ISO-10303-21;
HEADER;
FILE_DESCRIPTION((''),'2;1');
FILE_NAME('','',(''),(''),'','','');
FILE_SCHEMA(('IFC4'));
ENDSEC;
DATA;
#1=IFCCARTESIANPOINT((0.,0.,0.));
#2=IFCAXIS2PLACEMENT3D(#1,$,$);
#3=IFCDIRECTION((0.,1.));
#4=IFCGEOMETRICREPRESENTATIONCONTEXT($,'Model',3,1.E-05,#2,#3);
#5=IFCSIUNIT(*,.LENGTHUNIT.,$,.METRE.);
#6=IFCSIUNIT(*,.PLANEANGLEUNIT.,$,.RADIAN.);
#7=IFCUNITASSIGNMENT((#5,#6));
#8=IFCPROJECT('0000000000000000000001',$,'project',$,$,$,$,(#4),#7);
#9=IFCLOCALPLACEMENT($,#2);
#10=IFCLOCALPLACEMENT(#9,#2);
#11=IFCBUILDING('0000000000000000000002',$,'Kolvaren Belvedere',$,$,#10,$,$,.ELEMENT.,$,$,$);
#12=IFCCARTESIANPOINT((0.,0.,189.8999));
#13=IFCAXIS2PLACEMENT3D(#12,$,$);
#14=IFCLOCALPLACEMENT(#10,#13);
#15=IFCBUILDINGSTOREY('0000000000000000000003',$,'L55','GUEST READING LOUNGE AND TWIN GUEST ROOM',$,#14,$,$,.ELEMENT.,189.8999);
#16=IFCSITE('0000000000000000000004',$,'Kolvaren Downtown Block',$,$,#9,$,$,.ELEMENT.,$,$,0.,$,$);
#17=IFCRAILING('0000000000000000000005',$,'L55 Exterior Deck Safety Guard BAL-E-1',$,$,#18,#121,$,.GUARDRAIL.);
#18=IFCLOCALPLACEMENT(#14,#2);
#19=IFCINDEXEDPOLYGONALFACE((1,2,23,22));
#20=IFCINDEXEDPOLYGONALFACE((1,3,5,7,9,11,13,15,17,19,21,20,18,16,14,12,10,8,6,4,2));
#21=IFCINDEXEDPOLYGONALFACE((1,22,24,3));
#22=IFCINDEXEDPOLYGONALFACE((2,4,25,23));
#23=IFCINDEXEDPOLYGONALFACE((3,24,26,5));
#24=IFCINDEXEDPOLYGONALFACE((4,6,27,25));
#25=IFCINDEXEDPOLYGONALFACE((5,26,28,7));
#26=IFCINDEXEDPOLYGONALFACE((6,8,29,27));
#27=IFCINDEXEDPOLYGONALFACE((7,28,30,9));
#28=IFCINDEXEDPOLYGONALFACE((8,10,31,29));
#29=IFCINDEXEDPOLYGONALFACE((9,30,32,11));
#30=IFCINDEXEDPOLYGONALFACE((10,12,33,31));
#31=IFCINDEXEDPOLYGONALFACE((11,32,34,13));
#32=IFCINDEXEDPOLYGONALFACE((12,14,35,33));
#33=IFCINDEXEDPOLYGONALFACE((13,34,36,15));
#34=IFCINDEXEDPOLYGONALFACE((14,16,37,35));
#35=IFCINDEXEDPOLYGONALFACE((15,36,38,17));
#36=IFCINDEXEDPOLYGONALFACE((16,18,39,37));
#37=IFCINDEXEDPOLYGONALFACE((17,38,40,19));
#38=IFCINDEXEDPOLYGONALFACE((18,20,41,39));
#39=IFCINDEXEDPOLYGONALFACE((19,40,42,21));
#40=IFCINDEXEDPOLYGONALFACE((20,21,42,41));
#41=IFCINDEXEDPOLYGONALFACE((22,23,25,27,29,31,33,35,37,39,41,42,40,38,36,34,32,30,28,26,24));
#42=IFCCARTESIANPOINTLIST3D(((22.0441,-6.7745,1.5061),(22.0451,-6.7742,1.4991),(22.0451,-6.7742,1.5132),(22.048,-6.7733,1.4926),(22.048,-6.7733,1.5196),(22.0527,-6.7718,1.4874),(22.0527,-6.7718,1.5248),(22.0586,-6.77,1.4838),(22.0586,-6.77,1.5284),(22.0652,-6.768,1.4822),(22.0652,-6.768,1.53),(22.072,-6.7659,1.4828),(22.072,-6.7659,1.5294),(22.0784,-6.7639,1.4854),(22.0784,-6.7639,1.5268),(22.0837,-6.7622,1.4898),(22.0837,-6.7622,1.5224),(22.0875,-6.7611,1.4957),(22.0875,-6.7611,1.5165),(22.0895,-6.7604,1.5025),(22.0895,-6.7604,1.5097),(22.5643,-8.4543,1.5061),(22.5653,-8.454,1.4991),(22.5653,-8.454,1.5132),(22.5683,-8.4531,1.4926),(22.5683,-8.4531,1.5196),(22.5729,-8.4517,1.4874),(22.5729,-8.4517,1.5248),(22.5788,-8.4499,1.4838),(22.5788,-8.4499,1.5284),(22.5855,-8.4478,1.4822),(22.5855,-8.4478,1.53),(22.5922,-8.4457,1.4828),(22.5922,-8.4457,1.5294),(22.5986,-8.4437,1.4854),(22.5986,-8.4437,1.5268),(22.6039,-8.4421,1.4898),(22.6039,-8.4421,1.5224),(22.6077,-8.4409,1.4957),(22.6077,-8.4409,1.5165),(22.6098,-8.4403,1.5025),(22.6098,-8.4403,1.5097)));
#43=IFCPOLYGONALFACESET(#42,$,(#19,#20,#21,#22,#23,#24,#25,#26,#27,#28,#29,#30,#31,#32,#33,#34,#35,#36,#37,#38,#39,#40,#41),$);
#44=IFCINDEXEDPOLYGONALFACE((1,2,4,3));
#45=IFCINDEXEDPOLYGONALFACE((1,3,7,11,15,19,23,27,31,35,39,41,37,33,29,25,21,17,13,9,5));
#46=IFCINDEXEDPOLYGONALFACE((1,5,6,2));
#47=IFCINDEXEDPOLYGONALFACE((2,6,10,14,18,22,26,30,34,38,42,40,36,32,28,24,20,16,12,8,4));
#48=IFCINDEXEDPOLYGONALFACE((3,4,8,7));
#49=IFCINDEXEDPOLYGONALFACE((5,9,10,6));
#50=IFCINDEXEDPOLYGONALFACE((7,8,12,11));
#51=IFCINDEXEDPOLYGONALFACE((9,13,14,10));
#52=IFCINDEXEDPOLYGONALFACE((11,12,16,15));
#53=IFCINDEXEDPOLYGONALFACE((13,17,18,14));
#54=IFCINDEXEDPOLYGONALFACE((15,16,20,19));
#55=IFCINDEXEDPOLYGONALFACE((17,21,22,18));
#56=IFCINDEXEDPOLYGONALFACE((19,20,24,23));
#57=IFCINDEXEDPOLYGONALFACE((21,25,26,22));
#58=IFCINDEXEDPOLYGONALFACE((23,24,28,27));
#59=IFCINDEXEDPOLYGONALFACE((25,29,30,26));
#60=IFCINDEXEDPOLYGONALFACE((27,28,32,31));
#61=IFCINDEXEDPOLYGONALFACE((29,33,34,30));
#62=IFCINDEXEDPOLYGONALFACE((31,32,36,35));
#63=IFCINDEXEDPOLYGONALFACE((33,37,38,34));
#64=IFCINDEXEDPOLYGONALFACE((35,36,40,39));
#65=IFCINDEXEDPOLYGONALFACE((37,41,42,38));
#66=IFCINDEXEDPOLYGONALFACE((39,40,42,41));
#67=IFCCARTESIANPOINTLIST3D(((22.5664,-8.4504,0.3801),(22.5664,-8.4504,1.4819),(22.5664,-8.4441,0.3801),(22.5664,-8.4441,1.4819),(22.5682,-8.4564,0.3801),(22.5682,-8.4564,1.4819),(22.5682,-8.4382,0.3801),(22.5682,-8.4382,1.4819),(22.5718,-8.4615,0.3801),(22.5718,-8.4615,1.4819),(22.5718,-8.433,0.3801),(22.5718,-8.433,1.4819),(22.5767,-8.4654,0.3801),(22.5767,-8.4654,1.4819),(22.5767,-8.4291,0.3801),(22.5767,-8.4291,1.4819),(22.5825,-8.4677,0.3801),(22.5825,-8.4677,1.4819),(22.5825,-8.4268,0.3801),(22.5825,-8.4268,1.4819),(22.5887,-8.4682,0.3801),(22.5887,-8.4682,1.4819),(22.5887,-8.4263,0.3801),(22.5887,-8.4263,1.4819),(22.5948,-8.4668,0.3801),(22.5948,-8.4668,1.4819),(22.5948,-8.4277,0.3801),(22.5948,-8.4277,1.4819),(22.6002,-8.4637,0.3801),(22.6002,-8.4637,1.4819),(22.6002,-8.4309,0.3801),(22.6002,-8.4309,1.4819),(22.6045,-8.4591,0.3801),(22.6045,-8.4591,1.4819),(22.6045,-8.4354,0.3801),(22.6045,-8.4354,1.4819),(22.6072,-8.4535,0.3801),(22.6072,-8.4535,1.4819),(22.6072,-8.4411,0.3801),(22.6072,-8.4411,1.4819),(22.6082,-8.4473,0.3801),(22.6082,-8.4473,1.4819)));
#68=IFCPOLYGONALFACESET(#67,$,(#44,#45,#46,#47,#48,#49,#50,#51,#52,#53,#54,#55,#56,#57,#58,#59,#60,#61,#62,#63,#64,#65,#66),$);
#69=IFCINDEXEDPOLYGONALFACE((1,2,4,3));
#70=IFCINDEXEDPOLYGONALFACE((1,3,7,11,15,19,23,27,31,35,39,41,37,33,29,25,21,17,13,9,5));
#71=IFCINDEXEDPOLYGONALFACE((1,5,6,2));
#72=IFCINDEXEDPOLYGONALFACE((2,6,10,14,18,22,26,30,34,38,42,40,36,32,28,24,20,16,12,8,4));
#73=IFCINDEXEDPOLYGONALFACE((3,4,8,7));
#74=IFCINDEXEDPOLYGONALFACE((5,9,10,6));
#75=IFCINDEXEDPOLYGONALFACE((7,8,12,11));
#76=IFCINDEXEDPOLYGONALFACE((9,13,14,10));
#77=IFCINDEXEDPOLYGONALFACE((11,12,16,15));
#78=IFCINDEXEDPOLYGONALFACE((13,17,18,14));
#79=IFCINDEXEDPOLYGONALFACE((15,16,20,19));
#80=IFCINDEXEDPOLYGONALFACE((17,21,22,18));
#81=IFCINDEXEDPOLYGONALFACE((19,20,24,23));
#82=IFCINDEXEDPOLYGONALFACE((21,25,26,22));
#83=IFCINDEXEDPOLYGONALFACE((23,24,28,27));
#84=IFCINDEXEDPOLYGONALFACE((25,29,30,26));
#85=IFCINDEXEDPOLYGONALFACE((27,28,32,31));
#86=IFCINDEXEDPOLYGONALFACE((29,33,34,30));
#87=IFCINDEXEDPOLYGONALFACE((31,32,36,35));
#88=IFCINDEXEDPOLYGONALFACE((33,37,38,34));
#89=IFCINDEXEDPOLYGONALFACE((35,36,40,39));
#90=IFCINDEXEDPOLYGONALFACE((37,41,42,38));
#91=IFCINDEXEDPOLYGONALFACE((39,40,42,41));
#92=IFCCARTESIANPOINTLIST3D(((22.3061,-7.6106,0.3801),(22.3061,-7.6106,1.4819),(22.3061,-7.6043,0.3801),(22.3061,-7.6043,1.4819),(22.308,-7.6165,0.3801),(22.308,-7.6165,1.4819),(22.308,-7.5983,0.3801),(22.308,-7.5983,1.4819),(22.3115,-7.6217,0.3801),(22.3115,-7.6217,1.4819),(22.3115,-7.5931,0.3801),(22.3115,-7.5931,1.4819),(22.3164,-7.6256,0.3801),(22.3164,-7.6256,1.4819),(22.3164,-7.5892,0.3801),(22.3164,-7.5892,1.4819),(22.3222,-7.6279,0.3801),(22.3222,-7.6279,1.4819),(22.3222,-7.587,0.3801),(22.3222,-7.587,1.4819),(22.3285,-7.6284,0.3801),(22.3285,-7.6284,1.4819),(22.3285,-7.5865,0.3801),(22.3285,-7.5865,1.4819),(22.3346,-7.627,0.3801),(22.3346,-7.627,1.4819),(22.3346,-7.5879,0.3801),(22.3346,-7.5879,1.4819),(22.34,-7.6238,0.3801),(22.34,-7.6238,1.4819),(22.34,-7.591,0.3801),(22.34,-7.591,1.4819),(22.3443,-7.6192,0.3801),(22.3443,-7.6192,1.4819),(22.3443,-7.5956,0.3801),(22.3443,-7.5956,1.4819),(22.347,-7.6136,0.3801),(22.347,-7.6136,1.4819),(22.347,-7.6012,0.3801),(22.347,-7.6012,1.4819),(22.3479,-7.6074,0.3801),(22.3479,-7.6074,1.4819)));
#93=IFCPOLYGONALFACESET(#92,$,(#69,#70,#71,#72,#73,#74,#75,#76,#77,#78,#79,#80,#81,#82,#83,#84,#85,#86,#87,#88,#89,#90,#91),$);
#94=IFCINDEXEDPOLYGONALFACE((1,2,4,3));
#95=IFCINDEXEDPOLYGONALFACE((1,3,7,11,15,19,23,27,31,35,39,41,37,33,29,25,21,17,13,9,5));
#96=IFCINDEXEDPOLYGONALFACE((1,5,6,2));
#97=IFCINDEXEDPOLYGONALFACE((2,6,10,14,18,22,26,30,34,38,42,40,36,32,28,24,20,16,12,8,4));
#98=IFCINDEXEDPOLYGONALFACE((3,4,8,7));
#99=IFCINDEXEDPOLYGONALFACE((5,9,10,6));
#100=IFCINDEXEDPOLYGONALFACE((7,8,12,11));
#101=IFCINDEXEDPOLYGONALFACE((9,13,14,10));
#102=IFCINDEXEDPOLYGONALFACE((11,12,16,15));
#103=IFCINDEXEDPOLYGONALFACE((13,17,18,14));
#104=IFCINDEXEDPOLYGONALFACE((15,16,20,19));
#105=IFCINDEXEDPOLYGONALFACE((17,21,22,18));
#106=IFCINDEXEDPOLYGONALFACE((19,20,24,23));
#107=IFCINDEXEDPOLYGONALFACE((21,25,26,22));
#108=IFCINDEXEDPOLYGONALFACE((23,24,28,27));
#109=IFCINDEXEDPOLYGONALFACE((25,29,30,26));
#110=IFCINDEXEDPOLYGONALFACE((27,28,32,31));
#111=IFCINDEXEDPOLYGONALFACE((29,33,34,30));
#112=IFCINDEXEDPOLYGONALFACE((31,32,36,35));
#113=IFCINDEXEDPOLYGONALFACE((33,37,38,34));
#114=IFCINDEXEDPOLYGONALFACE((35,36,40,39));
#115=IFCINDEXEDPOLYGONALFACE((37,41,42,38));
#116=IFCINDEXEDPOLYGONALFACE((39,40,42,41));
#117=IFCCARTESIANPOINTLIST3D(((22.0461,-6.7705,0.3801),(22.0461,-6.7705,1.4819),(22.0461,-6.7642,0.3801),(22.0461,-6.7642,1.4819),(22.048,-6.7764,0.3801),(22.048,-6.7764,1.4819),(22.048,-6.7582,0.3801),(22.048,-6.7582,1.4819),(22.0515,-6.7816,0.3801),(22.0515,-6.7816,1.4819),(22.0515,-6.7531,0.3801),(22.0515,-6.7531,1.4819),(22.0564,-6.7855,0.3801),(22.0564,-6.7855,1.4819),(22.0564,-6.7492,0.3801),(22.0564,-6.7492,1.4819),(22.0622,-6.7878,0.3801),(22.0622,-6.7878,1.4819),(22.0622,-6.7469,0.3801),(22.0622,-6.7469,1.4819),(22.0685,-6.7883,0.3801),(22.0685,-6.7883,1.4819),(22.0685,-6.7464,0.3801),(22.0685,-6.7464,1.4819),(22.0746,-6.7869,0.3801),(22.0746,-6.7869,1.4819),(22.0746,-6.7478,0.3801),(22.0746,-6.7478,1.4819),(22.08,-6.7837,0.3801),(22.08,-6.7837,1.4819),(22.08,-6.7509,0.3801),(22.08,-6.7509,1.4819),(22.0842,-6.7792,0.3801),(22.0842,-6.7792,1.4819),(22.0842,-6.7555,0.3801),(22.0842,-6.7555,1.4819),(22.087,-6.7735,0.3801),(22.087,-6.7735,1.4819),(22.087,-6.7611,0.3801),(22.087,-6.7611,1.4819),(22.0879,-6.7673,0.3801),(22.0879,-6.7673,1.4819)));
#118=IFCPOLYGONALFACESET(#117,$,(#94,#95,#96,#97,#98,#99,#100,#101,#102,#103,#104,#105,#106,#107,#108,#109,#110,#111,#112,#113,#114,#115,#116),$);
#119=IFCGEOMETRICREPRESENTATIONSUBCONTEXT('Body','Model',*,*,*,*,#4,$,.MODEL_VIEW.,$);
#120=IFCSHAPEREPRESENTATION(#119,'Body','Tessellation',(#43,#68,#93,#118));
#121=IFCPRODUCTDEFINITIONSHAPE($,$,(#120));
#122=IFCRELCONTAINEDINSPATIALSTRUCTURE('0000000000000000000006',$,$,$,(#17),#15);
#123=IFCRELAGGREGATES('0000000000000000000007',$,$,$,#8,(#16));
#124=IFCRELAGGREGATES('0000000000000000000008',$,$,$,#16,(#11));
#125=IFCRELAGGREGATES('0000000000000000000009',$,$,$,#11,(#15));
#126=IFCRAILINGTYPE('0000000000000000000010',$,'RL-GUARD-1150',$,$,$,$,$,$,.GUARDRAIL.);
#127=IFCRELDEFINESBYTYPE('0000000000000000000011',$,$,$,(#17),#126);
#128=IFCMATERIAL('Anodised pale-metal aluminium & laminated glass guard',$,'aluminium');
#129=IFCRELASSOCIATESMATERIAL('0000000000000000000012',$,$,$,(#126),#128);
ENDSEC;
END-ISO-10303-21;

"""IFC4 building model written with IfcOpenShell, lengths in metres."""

from ifc_helpers import new_model, si_unit, direction, frame, origin, origin_2d, place, context, subcontext, project, spatial, circle, extrude, material, type_object, element, save


model = new_model("IFC4")

# Units and contexts
model_context = context("Model", 3, precision=1e-05, world=origin(), true_north=direction((0.0, 1.0)))
body_context = subcontext(model_context, "Body", "Model", "MODEL_VIEW")
ifc_project = project(units=[si_unit("LENGTHUNIT", "METRE"), si_unit("PLANEANGLEUNIT", "RADIAN")], contexts=[model_context])

# Site, building, storey
site_placement = place(None, origin())
site = spatial("IfcSite", under=ifc_project, at=site_placement, Name="Kolvaren Downtown Block", CompositionType="ELEMENT", RefElevation=0.0)
building_placement = place(site_placement, origin())
building = spatial("IfcBuilding", under=site, at=building_placement, Name="Kolvaren Belvedere", CompositionType="ELEMENT")
storey_placement = place(building_placement, frame((0.0, 0.0, 189.8999)))
storey = spatial("IfcBuildingStorey", under=building, at=storey_placement, Name="L55", Description="GUEST READING LOUNGE AND TWIN GUEST ROOM", CompositionType="ELEMENT", Elevation=189.8999)

# Railing
ifc_material_1 = material(Name="Anodised pale-metal aluminium & laminated glass guard", Category="aluminium")
railing_type = type_object("IfcRailingType", Name="RL-GUARD-1150", PredefinedType="GUARDRAIL", material=ifc_material_1)
railing_1_placement = place(storey_placement, frame((22.5872, -8.4473, 0.3801)))
element("IfcRailing", 1, at=railing_1_placement, inside=storey, type_object=railing_type, Name="L55 Exterior Deck Safety Guard BAL-E-1", PredefinedType="GUARDRAIL", context=body_context, shape_type="SweptSolid", body=[
    extrude(circle(Radius=0.0239, at=origin_2d()), frame((0.0, 0.0, 1.126), z_axis=(-0.295832, 0.95524, 0.0), x_axis=(-0.95524, -0.295832, 0.0)), (0.0, 0.0, 1.0), 1.7585),
    extrude(circle(Radius=0.021, at=origin_2d()), origin(), (0.0, 0.0, 1.0), 1.1018),
    extrude(circle(Radius=0.021, at=origin_2d()), frame((-0.2603, 0.8398, 0.0)), (0.0, 0.0, 1.0), 1.1018),
    extrude(circle(Radius=0.021, at=origin_2d()), frame((-0.5203, 1.6799, 0.0)), (0.0, 0.0, 1.0), 1.1018),
])

save(model, "model.ifc")
